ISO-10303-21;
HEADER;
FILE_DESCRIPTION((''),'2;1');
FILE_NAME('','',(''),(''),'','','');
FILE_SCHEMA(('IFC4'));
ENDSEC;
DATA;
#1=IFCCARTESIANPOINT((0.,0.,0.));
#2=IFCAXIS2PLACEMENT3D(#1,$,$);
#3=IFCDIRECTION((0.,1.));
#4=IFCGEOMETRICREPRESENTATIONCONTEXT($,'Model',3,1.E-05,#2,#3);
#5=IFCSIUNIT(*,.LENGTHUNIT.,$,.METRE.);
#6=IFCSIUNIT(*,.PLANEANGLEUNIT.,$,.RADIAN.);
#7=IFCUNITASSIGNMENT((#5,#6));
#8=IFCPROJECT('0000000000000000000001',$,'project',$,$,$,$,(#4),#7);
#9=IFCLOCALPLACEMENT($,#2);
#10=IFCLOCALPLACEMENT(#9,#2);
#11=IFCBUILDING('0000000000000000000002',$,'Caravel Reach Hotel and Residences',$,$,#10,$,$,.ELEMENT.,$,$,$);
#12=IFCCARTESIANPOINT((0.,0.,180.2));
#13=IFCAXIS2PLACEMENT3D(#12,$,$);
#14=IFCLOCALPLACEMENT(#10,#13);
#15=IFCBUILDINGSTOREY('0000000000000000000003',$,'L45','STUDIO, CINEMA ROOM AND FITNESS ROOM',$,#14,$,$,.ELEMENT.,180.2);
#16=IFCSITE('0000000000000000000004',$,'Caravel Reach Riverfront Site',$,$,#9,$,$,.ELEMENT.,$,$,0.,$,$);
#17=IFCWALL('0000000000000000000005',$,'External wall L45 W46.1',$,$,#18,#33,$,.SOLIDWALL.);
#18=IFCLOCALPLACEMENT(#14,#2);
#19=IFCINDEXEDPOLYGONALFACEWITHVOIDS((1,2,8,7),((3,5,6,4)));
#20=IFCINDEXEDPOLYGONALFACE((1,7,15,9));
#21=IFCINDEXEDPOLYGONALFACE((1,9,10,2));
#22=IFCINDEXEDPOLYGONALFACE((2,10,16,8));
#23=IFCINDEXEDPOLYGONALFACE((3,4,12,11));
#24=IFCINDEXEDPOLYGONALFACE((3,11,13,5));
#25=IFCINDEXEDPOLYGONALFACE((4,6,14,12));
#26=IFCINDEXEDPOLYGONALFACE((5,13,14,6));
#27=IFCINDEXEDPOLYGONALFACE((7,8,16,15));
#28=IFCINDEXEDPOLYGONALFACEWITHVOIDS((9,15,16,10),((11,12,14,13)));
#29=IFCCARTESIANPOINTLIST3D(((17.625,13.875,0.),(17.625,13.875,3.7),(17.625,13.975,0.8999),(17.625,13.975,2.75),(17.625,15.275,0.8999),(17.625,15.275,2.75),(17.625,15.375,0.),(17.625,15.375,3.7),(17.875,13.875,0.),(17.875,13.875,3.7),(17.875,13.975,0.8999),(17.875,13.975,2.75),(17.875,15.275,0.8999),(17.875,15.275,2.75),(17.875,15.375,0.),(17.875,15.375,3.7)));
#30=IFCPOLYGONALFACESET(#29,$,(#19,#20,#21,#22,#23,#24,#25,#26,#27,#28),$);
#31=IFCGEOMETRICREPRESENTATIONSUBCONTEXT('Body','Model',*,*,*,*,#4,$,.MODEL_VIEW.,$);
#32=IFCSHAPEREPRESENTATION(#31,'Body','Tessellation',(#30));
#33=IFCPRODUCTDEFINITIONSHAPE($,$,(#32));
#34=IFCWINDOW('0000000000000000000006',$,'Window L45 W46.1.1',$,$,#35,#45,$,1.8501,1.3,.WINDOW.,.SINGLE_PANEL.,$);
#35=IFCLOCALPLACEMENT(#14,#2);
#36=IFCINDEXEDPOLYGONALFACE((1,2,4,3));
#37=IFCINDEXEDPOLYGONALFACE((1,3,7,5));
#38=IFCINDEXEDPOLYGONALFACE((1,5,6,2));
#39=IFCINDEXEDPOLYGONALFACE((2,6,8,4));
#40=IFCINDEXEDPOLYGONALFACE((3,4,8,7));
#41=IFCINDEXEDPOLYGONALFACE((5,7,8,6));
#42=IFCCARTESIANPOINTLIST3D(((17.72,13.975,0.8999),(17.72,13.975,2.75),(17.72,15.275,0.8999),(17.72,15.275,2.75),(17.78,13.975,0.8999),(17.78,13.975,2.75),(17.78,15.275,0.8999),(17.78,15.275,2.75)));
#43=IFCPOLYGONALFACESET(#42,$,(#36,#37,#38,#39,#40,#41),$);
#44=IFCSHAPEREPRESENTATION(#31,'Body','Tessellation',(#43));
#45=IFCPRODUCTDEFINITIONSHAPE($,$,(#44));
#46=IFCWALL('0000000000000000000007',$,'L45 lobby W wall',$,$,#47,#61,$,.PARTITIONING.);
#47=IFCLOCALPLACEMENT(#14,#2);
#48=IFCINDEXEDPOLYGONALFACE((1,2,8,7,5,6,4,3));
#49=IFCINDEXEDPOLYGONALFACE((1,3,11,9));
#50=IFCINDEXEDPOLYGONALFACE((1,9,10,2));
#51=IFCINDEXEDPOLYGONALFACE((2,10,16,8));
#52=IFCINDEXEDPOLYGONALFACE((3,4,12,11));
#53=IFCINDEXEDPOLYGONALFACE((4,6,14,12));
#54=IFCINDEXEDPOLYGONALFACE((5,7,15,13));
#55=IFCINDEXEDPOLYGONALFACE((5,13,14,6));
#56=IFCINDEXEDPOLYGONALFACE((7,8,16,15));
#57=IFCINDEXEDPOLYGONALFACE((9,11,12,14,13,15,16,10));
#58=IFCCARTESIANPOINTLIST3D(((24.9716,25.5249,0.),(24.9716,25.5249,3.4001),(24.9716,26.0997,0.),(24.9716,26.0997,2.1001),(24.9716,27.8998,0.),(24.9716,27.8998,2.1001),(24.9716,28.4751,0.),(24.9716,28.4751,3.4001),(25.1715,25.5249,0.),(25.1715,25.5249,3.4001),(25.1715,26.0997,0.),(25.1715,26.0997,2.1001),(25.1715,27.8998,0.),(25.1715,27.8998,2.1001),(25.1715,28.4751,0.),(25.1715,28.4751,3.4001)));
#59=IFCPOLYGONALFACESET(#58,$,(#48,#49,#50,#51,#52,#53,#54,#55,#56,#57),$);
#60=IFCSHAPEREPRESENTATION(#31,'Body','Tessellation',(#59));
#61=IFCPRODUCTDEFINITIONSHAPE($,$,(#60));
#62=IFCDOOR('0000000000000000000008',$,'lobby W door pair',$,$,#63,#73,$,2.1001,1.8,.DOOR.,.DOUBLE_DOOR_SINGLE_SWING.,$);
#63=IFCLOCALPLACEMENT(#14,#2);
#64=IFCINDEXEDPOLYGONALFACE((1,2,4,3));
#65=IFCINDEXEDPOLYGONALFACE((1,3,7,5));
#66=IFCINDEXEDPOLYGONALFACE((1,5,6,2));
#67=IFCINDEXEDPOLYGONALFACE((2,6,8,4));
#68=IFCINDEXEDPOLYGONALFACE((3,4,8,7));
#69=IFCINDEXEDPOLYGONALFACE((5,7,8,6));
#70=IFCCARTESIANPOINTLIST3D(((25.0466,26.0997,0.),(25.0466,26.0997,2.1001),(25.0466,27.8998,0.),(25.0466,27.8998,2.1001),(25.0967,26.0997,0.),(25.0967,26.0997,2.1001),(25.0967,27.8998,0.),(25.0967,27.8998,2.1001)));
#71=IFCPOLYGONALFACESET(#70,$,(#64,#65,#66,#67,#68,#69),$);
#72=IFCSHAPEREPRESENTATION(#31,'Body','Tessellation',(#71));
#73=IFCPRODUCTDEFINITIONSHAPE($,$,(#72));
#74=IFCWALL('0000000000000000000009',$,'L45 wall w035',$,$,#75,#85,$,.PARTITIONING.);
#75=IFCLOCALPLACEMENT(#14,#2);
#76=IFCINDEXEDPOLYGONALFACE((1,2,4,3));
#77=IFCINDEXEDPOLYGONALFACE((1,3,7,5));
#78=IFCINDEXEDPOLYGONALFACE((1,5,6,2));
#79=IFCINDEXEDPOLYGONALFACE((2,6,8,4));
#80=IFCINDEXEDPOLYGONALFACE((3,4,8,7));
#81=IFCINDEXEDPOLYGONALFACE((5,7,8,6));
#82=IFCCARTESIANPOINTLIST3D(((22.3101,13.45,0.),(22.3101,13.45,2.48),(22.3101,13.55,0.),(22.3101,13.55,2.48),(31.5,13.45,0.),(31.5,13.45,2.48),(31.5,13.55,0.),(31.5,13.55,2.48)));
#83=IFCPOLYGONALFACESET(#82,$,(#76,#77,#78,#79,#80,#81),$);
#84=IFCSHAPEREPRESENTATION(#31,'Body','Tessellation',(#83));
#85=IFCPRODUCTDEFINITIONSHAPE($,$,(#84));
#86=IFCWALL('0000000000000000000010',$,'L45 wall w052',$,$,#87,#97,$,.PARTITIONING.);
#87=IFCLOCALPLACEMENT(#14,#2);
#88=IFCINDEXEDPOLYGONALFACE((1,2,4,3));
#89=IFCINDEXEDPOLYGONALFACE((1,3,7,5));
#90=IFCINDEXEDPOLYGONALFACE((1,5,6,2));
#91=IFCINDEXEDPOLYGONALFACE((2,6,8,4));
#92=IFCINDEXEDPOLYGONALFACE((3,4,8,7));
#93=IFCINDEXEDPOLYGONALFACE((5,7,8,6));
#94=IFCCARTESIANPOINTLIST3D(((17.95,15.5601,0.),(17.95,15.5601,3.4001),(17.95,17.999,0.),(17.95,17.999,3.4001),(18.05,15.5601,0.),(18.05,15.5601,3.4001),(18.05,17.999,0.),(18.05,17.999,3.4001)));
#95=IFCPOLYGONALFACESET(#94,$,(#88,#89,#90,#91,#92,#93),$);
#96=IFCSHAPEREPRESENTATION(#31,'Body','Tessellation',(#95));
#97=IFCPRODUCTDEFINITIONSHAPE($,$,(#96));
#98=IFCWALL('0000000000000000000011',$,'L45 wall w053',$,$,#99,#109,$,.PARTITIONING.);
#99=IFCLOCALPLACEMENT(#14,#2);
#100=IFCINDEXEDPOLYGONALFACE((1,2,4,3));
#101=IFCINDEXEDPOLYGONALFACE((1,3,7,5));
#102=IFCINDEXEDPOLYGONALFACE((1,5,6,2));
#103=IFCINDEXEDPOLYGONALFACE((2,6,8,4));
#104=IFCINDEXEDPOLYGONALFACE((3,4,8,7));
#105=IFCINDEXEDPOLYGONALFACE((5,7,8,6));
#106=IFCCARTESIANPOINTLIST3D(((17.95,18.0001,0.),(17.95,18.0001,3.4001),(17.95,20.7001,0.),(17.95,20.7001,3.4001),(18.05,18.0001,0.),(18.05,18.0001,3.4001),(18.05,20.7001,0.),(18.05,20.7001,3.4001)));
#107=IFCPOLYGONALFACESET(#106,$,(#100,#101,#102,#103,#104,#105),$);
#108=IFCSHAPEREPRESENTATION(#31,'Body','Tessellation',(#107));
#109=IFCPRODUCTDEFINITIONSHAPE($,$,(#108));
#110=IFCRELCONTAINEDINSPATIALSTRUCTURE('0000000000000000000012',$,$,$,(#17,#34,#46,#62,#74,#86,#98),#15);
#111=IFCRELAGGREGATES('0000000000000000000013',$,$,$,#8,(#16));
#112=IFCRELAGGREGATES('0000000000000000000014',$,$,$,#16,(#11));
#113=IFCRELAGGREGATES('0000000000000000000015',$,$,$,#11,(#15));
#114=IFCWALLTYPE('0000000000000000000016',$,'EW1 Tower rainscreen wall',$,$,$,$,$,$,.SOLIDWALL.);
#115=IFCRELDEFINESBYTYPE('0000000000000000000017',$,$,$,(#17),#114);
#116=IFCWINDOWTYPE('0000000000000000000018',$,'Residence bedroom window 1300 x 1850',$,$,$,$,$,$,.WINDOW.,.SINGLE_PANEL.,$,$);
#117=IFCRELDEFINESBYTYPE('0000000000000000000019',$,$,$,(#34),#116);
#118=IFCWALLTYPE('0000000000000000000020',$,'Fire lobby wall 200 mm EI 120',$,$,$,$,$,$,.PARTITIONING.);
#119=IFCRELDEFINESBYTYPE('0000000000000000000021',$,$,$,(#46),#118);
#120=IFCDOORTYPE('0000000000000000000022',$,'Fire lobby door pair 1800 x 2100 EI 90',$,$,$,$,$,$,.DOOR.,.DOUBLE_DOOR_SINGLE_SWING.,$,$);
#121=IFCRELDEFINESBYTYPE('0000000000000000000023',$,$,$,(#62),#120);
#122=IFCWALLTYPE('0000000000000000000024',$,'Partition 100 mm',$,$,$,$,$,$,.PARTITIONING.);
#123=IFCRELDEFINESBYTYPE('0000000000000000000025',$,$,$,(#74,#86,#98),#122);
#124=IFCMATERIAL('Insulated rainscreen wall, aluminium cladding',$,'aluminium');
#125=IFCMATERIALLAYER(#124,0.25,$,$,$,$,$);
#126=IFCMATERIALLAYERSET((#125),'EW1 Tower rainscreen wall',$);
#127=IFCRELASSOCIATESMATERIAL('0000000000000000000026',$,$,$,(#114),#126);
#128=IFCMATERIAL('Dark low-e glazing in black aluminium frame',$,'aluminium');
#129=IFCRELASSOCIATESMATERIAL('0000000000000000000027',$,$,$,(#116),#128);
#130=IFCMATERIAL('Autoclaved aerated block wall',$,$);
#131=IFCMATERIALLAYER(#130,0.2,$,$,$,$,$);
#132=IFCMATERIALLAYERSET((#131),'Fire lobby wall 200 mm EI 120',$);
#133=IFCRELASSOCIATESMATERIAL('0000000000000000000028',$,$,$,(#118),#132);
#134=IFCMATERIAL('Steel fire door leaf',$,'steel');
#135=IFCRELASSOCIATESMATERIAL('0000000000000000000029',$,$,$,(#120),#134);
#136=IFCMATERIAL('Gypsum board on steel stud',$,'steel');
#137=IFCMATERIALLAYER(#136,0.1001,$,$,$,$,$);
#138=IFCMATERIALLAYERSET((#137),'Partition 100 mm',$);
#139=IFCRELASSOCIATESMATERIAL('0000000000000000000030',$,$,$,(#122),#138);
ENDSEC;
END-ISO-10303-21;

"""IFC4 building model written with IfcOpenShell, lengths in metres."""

from ifc_helpers import new_model, si_unit, direction, frame, frame_2d, origin, place, context, subcontext, project, spatial, rectangle, extrude, material, layer, layer_set, type_object, element, fill, save


model = new_model("IFC4")

# Units and contexts
model_context = context("Model", 3, precision=1e-05, world=origin(), true_north=direction((0.0, 1.0)))
body_context = subcontext(model_context, "Body", "Model", "MODEL_VIEW")
ifc_project = project(units=[si_unit("LENGTHUNIT", "METRE"), si_unit("PLANEANGLEUNIT", "RADIAN")], contexts=[model_context])

# Site, building, storey
site_placement = place(None, origin())
site = spatial("IfcSite", under=ifc_project, at=site_placement, Name="Caravel Reach Riverfront Site", CompositionType="ELEMENT", RefElevation=0.0)
building_placement = place(site_placement, origin())
building = spatial("IfcBuilding", under=site, at=building_placement, Name="Caravel Reach Hotel and Residences", CompositionType="ELEMENT")
storey_placement = place(building_placement, frame((0.0, 0.0, 180.2)))
storey = spatial("IfcBuildingStorey", under=building, at=storey_placement, Name="L45", Description="STUDIO, CINEMA ROOM AND FITNESS ROOM", CompositionType="ELEMENT", Elevation=180.2)

# Wall, opening, window
ifc_material_1 = material(Name="Insulated rainscreen wall, aluminium cladding", Category="aluminium")
ifc_layer_1 = layer(ifc_material_1, 0.25)
ifc_layer_set_1 = layer_set([ifc_layer_1], Name="EW1 Tower rainscreen wall")
wall_type_1 = type_object("IfcWallType", Name="EW1 Tower rainscreen wall", PredefinedType="SOLIDWALL", material=ifc_layer_set_1)
ifc_material_2 = material(Name="Dark low-e glazing in black aluminium frame", Category="aluminium")
window_type = type_object("IfcWindowType", Name="Residence bedroom window 1300 x 1850", PartitioningType="SINGLE_PANEL", PredefinedType="WINDOW", material=ifc_material_2)
wall_1_placement = place(storey_placement, frame((17.75, 15.375, 0.0), z_axis=(0.0, 0.0, 1.0), x_axis=(0.0, -1.0, 0.0)))
wall_1 = element("IfcWall", 1, at=wall_1_placement, inside=storey, type_object=wall_type_1, Name="External wall L45 W46.1", PredefinedType="SOLIDWALL", context=body_context, shape_type="SweptSolid", body=[
    extrude(rectangle(XDim=1.5, YDim=0.25, at=frame_2d((0.75, 0.0))), origin(), (0.0, 0.0, 1.0), 3.7),
])
opening_1_placement = place(wall_1_placement, frame((0.1001, 0.0, 0.8999)))
opening_1 = element("IfcOpeningElement", 2, at=opening_1_placement, cuts=wall_1, PredefinedType="OPENING", context=body_context, shape_type="SweptSolid", body=[
    extrude(rectangle(XDim=1.3, YDim=1.8501, at=frame_2d((0.6499, 0.925))), frame((0.0, 0.135, 0.0), z_axis=(0.0, -1.0, 0.0), x_axis=(1.0, 0.0, 0.0)), (0.0, 0.0, 1.0), 0.27),
])
window_1_placement = place(opening_1_placement, origin())
window_1 = element("IfcWindow", 3, at=window_1_placement, inside=storey, type_object=window_type, Name="Window L45 W46.1.1", OverallHeight=1.8501, OverallWidth=1.3, PartitioningType="SINGLE_PANEL", PredefinedType="WINDOW", context=body_context, shape_type="SweptSolid", body=[
    extrude(rectangle(XDim=1.3, YDim=1.8501, at=frame_2d((0.6499, 0.925))), frame((0.0, 0.03, 0.0), z_axis=(0.0, -1.0, 0.0), x_axis=(1.0, 0.0, 0.0)), (0.0, 0.0, 1.0), 0.0601),
])
fill(opening_1, window_1)

# Wall, opening, door
ifc_material_3 = material(Name="Autoclaved aerated block wall")
ifc_layer_2 = layer(ifc_material_3, 0.2)
ifc_layer_set_2 = layer_set([ifc_layer_2], Name="Fire lobby wall 200 mm EI 120")
wall_type_2 = type_object("IfcWallType", Name="Fire lobby wall 200 mm EI 120", PredefinedType="PARTITIONING", material=ifc_layer_set_2)
wall_2_placement = place(storey_placement, frame((25.0715, 25.5249, 0.0), z_axis=(0.0, 0.0, 1.0), x_axis=(0.0, 1.0, 0.0)))
wall_2 = element("IfcWall", 4, at=wall_2_placement, inside=storey, type_object=wall_type_2, Name="L45 lobby W wall", PredefinedType="PARTITIONING", context=body_context, shape_type="SweptSolid", body=[
    extrude(rectangle(XDim=2.9502, YDim=0.2, at=frame_2d((1.4751, 0.0))), origin(), (0.0, 0.0, 1.0), 3.4001),
])
opening_2_placement = place(wall_2_placement, frame((0.575, 0.0, 0.0)))
opening_2 = element("IfcOpeningElement", 5, at=opening_2_placement, cuts=wall_2, PredefinedType="OPENING", context=body_context, shape_type="SweptSolid", body=[
    extrude(rectangle(XDim=1.8, YDim=2.1001, at=frame_2d((0.8999, 1.05))), frame((0.0, 0.1099, 0.0), z_axis=(0.0, -1.0, 0.0), x_axis=(1.0, 0.0, 0.0)), (0.0, 0.0, 1.0), 0.22),
])
ifc_material_4 = material(Name="Steel fire door leaf", Category="steel")
door_type_1 = type_object("IfcDoorType", Name="Fire lobby door pair 1800 x 2100 EI 90", OperationType="DOUBLE_DOOR_SINGLE_SWING", PredefinedType="DOOR", material=ifc_material_4)
door_1_placement = place(opening_2_placement, origin())
door_1 = element("IfcDoor", 6, at=door_1_placement, inside=storey, type_object=door_type_1, Name="lobby W door pair", OperationType="DOUBLE_DOOR_SINGLE_SWING", OverallHeight=2.1001, OverallWidth=1.8, PredefinedType="DOOR", context=body_context, shape_type="SweptSolid", body=[
    extrude(rectangle(XDim=1.8, YDim=2.1001, at=frame_2d((0.8999, 1.05))), frame((0.0, 0.0249, 0.0), z_axis=(0.0, -1.0, 0.0), x_axis=(1.0, 0.0, 0.0)), (0.0, 0.0, 1.0), 0.05),
])
fill(opening_2, door_1)

# Walls
ifc_material_5 = material(Name="Gypsum board on steel stud", Category="steel")
ifc_layer_3 = layer(ifc_material_5, 0.1001)
ifc_layer_set_3 = layer_set([ifc_layer_3], Name="Partition 100 mm")
wall_type_3 = type_object("IfcWallType", Name="Partition 100 mm", PredefinedType="PARTITIONING", material=ifc_layer_set_3)
wall_3_placement = place(storey_placement, frame((22.3101, 13.5, 0.0), z_axis=(0.0, 0.0, 1.0), x_axis=(1.0, 0.0, 0.0)))
element("IfcWall", 7, at=wall_3_placement, inside=storey, type_object=wall_type_3, Name="L45 wall w035", PredefinedType="PARTITIONING", context=body_context, shape_type="SweptSolid", body=[
    extrude(rectangle(XDim=9.1899, YDim=0.1001, at=frame_2d((4.595, 0.0))), origin(), (0.0, 0.0, 1.0), 2.48),
])
wall_4_placement = place(storey_placement, frame((18.0, 15.5601, 0.0), z_axis=(0.0, 0.0, 1.0), x_axis=(0.0, 1.0, 0.0)))
element("IfcWall", 8, at=wall_4_placement, inside=storey, type_object=wall_type_3, Name="L45 wall w052", PredefinedType="PARTITIONING", context=body_context, shape_type="SweptSolid", body=[
    extrude(rectangle(XDim=2.439, YDim=0.1001, at=frame_2d((1.2195, 0.0))), origin(), (0.0, 0.0, 1.0), 3.4001),
])
wall_5_placement = place(storey_placement, frame((18.0, 18.0, 0.0), z_axis=(0.0, 0.0, 1.0), x_axis=(0.0, 1.0, 0.0)))
element("IfcWall", 9, at=wall_5_placement, inside=storey, type_object=wall_type_3, Name="L45 wall w053", PredefinedType="PARTITIONING", context=body_context, shape_type="SweptSolid", body=[
    extrude(rectangle(XDim=2.7, YDim=0.1001, at=frame_2d((1.3501, 0.0))), origin(), (0.0, 0.0, 1.0), 3.4001),
])

save(model, "model.ifc")
